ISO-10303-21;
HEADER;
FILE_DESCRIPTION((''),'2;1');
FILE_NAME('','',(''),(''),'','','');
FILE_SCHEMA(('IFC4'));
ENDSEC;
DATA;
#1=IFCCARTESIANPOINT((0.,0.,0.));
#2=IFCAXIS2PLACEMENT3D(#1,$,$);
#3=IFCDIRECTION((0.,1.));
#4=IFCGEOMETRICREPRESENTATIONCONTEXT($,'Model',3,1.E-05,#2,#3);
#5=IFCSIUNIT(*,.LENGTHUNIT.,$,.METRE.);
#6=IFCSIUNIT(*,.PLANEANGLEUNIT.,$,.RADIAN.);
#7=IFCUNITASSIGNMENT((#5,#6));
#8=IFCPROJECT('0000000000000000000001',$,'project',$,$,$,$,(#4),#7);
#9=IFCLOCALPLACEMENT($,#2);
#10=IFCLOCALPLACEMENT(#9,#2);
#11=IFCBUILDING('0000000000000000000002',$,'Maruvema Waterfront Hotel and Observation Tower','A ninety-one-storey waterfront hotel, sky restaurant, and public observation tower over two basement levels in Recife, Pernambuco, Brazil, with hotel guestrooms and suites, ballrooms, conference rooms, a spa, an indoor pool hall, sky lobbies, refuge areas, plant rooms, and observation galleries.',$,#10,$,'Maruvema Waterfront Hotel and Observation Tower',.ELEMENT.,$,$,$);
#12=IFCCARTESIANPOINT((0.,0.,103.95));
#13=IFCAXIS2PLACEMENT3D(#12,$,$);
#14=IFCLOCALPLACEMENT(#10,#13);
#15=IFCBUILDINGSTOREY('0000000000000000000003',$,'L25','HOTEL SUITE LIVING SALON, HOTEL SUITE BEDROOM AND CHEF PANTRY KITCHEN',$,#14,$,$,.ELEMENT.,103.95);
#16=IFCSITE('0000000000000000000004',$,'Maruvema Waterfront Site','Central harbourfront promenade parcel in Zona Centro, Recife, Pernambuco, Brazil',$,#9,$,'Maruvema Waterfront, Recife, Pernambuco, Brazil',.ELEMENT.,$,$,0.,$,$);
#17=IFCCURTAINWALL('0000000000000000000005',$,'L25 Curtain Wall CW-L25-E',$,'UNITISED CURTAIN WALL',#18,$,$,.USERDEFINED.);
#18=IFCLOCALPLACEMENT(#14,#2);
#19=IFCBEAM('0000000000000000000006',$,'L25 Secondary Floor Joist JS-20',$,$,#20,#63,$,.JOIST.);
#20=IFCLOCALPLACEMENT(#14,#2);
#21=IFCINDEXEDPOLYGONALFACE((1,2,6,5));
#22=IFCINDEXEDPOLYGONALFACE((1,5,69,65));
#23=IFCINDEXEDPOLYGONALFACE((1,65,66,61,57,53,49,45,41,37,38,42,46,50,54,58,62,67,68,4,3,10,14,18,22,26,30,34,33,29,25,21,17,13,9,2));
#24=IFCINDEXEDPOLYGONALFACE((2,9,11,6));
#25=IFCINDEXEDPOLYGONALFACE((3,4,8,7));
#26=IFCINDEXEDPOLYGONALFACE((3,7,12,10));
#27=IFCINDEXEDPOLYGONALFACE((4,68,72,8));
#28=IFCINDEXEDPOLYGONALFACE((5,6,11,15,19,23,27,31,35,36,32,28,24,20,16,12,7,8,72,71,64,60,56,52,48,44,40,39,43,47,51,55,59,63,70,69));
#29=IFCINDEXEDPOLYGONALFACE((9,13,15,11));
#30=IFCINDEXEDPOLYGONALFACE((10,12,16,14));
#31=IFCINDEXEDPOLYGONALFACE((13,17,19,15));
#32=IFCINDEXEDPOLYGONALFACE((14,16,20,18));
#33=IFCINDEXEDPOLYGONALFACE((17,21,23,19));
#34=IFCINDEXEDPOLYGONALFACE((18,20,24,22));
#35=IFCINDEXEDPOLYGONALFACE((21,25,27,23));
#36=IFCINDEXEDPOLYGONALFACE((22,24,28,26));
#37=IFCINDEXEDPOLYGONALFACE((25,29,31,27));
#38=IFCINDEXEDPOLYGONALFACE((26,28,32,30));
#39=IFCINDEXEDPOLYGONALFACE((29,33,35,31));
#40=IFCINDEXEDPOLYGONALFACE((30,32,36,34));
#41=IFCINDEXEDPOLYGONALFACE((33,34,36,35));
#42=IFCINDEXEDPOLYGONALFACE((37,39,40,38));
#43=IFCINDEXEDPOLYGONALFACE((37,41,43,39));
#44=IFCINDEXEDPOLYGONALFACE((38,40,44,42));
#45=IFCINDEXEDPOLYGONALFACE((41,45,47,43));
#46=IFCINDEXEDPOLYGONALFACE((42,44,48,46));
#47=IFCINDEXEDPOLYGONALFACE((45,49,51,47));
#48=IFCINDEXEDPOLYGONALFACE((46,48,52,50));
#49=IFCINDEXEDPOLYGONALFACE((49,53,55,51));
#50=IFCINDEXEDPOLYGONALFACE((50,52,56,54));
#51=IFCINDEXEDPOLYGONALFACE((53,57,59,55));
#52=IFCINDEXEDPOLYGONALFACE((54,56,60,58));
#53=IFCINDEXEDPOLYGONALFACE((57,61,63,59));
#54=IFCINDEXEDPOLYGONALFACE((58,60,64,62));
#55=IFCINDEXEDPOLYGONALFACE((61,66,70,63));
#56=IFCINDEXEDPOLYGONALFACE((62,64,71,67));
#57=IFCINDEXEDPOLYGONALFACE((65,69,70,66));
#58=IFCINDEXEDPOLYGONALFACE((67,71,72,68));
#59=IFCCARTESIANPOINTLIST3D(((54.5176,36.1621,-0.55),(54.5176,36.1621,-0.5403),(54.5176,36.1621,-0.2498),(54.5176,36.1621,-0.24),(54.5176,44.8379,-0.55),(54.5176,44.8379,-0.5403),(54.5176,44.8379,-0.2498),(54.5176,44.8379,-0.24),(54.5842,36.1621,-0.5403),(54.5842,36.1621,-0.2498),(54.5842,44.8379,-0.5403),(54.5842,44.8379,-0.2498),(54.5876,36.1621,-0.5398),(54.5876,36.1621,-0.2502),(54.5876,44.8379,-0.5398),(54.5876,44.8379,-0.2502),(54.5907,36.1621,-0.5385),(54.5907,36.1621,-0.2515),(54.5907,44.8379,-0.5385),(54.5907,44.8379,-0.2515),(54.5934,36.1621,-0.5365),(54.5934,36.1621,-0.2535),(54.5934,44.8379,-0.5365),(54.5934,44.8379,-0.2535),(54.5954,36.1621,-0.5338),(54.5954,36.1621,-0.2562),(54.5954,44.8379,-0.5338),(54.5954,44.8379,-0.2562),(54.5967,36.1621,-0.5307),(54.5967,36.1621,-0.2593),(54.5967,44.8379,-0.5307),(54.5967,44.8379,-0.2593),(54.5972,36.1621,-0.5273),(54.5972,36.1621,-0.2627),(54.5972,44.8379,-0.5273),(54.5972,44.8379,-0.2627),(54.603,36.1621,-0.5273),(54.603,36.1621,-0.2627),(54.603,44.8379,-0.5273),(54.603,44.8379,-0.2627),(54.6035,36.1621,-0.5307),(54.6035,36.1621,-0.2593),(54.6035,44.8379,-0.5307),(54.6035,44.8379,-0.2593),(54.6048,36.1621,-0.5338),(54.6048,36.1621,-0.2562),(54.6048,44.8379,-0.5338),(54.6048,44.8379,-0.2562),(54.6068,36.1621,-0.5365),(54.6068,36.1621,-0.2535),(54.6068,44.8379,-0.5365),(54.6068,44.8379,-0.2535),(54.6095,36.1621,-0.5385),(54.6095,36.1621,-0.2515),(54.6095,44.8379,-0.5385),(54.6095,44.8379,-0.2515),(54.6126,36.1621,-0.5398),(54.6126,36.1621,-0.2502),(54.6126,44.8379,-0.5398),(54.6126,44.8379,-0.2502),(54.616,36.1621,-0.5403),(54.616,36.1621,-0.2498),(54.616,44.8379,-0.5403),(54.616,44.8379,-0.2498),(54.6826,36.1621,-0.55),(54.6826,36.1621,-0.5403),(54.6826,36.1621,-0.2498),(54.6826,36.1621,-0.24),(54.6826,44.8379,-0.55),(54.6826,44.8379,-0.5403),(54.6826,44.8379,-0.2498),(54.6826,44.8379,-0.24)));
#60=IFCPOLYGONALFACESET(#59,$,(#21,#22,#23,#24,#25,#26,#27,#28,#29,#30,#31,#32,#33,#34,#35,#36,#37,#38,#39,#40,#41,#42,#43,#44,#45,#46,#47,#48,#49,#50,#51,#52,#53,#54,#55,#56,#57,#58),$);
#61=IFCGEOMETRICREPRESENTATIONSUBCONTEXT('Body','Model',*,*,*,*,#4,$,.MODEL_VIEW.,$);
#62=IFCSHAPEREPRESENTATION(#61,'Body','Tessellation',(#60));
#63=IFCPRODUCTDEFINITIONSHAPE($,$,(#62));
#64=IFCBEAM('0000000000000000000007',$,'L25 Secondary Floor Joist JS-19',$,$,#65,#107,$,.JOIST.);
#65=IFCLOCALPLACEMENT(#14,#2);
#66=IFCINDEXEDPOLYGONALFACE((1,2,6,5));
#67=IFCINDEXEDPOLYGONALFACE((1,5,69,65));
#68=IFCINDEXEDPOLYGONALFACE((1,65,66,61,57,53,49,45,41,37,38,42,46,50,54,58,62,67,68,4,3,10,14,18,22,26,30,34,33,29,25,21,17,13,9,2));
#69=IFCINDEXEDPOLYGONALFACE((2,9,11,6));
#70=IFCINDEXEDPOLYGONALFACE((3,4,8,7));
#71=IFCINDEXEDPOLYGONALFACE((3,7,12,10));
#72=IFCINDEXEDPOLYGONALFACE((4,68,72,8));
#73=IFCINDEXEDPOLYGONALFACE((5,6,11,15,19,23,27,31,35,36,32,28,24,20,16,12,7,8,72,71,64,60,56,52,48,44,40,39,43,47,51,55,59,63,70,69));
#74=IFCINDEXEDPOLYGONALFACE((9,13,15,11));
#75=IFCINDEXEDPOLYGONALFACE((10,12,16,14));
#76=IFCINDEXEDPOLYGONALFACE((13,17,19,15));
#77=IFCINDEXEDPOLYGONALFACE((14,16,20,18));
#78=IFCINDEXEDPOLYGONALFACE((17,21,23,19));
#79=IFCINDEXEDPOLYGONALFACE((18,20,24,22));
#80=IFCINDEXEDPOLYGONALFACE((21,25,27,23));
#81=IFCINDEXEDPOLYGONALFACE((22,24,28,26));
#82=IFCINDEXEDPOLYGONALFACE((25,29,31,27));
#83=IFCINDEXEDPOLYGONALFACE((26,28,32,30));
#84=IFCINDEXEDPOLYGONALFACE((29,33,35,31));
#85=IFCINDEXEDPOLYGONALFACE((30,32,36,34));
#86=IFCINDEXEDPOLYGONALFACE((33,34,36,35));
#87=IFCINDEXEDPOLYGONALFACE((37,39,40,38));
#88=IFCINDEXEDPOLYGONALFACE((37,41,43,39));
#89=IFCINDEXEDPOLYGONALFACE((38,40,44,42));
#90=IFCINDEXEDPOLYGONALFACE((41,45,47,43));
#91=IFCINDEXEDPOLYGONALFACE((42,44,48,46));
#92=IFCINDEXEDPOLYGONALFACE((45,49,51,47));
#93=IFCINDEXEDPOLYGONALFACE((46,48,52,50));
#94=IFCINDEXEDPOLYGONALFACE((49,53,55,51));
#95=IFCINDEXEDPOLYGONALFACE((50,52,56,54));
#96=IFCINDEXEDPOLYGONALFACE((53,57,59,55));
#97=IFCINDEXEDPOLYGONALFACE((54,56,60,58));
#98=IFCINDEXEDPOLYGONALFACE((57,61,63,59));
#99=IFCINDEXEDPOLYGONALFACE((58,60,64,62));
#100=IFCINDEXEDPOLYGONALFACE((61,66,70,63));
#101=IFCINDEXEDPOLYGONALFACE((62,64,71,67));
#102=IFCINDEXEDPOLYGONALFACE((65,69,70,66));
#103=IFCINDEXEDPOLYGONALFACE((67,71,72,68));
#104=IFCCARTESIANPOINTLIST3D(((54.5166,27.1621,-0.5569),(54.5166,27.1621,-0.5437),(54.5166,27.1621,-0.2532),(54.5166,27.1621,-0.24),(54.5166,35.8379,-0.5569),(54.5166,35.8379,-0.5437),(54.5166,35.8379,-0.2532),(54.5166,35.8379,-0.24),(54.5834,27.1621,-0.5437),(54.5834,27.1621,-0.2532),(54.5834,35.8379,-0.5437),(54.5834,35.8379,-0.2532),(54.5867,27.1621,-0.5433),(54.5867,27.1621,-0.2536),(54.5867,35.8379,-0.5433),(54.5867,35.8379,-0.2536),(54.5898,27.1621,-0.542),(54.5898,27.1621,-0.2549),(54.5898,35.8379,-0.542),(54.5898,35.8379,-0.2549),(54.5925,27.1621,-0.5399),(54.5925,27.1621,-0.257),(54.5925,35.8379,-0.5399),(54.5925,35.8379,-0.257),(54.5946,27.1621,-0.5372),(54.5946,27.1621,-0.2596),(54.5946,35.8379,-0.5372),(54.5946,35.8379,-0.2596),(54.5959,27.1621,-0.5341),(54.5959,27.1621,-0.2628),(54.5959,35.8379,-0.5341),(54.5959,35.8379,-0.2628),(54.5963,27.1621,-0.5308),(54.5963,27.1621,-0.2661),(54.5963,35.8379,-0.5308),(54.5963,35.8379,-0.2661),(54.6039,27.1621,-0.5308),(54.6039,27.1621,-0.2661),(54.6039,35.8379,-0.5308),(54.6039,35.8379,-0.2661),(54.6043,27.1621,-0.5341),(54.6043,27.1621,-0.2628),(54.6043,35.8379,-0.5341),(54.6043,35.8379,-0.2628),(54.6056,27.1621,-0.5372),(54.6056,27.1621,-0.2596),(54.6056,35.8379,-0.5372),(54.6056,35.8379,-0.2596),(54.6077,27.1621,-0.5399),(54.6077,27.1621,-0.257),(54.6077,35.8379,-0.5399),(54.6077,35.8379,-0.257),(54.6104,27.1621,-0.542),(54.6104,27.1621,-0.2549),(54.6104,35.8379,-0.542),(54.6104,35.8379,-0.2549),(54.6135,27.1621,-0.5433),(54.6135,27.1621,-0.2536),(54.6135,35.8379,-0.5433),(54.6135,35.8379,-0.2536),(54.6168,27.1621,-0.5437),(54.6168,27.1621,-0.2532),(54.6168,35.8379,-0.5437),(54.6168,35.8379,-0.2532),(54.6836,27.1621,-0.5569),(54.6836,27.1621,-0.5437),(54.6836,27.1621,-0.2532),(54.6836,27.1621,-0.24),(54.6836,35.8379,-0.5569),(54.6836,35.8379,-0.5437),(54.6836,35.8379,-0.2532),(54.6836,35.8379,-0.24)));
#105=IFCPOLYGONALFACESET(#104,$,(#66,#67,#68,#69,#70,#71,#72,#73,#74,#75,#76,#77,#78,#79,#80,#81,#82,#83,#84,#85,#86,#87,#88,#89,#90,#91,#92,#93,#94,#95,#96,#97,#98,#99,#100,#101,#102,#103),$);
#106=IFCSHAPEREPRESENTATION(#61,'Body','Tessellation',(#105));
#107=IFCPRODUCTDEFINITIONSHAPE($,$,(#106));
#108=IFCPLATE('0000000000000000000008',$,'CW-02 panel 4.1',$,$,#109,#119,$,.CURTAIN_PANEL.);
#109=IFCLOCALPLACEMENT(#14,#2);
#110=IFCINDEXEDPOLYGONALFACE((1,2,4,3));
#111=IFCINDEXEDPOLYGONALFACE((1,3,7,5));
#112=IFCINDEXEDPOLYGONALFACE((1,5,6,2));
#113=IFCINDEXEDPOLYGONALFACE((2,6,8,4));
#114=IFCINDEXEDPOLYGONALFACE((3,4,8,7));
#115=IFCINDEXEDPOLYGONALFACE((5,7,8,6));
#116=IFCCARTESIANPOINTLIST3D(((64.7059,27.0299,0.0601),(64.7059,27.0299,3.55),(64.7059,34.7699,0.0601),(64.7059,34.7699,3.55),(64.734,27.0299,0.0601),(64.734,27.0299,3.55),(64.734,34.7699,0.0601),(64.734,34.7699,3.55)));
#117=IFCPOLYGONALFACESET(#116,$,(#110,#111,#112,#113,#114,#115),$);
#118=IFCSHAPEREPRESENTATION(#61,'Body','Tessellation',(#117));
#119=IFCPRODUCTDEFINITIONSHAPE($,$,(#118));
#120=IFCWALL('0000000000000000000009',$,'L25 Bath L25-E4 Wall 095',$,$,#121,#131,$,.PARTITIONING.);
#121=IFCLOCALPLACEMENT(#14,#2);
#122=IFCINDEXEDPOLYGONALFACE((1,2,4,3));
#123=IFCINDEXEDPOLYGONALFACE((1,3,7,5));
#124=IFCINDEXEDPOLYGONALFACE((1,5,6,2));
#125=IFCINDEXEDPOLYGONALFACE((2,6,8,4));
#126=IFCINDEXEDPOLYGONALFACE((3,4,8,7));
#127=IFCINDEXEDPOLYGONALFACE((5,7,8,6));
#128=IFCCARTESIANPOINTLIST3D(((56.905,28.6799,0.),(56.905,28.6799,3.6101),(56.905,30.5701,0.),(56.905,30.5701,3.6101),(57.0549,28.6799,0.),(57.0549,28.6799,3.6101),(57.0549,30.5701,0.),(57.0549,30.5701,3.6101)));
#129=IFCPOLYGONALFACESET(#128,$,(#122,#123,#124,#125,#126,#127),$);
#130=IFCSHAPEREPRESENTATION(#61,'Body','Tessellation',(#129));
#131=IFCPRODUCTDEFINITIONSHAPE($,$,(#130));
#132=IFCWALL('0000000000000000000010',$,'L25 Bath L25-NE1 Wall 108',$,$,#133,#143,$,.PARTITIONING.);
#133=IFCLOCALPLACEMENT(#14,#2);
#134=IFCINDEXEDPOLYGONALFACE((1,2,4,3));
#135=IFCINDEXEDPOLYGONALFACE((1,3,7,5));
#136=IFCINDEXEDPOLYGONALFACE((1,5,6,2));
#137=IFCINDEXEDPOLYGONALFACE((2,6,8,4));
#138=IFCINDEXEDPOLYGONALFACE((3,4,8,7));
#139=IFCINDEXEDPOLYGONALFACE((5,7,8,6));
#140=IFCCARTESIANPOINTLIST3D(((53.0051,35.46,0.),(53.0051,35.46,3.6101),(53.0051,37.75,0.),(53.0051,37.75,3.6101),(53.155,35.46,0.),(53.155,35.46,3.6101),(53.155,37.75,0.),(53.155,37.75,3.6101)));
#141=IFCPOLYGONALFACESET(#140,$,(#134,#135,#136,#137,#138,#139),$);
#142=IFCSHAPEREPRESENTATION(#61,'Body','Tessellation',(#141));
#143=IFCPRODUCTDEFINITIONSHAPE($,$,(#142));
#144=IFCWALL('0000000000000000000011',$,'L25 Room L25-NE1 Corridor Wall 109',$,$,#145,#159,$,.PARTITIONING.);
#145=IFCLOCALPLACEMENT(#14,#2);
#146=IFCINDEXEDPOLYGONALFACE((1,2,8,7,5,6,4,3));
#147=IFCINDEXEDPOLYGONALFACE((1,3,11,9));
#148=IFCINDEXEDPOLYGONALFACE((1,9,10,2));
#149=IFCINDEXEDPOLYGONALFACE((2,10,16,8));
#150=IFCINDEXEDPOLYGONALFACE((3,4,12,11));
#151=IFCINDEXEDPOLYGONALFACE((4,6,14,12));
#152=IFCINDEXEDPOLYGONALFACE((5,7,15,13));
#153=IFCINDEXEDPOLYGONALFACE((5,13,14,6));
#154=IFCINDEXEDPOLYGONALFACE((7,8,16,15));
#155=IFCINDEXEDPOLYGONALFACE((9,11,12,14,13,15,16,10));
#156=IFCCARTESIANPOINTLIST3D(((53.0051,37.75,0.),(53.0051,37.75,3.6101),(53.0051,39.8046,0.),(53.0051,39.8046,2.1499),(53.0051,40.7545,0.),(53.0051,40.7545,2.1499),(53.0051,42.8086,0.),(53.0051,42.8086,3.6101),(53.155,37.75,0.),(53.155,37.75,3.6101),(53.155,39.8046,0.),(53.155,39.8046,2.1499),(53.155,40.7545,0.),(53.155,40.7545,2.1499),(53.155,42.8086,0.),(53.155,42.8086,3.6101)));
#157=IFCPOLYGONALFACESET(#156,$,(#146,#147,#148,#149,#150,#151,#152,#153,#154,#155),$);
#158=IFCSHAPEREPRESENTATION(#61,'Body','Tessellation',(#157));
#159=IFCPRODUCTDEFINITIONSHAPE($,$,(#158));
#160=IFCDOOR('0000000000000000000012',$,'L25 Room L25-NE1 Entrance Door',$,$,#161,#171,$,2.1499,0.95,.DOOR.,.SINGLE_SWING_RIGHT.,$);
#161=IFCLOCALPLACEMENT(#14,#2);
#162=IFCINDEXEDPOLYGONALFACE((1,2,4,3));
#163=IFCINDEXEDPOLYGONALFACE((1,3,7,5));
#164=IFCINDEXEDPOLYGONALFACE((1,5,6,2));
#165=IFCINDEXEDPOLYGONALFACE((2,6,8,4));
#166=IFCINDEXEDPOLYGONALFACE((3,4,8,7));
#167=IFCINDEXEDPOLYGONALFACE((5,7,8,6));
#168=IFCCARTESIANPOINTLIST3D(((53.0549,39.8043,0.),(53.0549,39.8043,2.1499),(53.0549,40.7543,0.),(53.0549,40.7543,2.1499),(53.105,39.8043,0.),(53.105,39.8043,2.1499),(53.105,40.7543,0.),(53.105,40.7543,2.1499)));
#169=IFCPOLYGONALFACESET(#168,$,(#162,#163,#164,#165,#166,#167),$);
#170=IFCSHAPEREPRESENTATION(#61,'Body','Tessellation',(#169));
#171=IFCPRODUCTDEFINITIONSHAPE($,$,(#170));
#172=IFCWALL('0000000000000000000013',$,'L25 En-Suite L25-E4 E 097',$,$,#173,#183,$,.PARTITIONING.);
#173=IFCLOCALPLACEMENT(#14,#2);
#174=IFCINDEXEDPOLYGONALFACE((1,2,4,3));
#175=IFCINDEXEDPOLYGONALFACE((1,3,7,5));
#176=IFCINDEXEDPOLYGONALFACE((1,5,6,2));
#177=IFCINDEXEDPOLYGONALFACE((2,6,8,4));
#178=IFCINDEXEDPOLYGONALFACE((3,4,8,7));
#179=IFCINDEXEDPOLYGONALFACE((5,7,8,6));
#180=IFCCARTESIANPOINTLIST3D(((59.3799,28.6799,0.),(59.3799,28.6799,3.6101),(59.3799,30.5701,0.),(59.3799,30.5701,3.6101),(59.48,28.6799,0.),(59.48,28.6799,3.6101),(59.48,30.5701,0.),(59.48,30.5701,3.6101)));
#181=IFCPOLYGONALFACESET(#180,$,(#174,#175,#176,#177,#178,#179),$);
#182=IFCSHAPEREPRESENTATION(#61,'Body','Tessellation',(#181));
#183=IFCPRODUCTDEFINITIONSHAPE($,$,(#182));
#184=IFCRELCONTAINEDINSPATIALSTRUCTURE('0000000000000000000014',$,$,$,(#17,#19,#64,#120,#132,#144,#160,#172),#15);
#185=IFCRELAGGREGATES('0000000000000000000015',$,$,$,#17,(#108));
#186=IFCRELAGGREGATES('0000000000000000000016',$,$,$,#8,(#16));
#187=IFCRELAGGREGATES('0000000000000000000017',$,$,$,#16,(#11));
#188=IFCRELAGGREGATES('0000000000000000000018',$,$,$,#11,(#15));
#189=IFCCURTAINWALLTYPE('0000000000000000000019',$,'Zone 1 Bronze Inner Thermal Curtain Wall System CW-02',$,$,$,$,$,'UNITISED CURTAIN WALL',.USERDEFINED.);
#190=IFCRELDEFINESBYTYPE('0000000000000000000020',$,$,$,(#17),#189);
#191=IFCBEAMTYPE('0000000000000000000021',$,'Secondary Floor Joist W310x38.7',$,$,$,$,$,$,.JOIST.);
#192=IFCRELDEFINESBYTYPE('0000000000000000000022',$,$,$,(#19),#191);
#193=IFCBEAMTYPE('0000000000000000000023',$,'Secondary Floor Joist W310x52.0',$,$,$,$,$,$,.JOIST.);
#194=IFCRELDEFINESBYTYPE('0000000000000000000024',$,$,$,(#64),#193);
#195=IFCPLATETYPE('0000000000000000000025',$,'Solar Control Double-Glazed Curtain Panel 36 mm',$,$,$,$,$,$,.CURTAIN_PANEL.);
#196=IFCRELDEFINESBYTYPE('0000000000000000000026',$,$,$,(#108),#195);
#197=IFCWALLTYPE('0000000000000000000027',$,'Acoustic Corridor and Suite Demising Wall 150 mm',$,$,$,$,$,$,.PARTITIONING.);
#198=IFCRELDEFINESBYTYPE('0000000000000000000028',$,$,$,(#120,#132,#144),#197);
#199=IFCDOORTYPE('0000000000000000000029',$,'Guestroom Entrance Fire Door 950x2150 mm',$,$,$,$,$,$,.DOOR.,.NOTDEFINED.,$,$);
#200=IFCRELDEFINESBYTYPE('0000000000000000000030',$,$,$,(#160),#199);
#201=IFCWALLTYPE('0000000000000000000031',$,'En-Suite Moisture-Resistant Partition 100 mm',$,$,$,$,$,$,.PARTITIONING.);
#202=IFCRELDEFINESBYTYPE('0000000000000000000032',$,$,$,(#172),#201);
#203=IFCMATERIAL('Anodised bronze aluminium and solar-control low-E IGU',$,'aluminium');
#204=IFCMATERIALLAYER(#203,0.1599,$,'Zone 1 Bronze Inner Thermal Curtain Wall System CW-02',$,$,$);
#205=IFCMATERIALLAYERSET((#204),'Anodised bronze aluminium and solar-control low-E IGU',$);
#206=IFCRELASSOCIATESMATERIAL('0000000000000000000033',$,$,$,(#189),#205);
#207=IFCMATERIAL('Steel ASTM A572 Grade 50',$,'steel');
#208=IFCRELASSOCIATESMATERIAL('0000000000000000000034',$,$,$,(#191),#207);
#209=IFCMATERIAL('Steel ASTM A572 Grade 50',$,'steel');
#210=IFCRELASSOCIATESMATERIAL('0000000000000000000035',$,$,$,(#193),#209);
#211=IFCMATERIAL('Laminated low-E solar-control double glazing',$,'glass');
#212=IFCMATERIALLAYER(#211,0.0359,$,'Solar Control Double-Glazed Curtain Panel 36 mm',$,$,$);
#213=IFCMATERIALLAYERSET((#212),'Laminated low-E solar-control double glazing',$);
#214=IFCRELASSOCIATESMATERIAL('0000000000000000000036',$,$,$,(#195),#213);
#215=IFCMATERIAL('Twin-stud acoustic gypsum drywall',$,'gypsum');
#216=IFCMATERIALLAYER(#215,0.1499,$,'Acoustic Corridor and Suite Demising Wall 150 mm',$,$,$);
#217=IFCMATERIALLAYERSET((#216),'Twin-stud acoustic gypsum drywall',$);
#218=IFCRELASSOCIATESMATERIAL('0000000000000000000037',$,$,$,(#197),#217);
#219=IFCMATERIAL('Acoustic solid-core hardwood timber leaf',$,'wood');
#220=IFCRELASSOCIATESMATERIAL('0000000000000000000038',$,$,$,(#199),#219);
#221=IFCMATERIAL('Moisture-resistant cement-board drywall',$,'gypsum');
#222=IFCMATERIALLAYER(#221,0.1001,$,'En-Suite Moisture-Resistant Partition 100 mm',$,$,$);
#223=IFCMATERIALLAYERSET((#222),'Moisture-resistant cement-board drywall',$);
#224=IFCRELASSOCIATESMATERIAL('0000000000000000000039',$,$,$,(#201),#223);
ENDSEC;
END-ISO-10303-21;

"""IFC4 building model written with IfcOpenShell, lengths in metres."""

from ifc_helpers import new_model, si_unit, direction, frame, frame_2d, origin, origin_2d, place, context, subcontext, project, spatial, rectangle, i_section, extrude, material, layer, layer_set, material_profile, profile_set, type_object, element, fill, aggregate, save


model = new_model("IFC4")

# Units and contexts
model_context = context("Model", 3, precision=1e-05, world=origin(), true_north=direction((0.0, 1.0)))
body_context = subcontext(model_context, "Body", "Model", "MODEL_VIEW")
ifc_project = project(units=[si_unit("LENGTHUNIT", "METRE"), si_unit("PLANEANGLEUNIT", "RADIAN")], contexts=[model_context])

# Site, building, storey
site_placement = place(None, origin())
site = spatial("IfcSite", under=ifc_project, at=site_placement, Name="Maruvema Waterfront Site", Description="Central harbourfront promenade parcel in Zona Centro, Recife, Pernambuco, Brazil", LongName="Maruvema Waterfront, Recife, Pernambuco, Brazil", CompositionType="ELEMENT", RefElevation=0.0)
building_placement = place(site_placement, origin())
building = spatial("IfcBuilding", under=site, at=building_placement, Name="Maruvema Waterfront Hotel and Observation Tower", Description="A ninety-one-storey waterfront hotel, sky restaurant, and public observation tower over two basement levels in Recife, Pernambuco, Brazil, with hotel guestrooms and suites, ballrooms, conference rooms, a spa, an indoor pool hall, sky lobbies, refuge areas, plant rooms, and observation galleries.", LongName="Maruvema Waterfront Hotel and Observation Tower", CompositionType="ELEMENT")
storey_placement = place(building_placement, frame((0.0, 0.0, 103.95)))
storey = spatial("IfcBuildingStorey", under=building, at=storey_placement, Name="L25", Description="HOTEL SUITE LIVING SALON, HOTEL SUITE BEDROOM AND CHEF PANTRY KITCHEN", CompositionType="ELEMENT", Elevation=103.95)

# Curtain wall
ifc_material_1 = material(Name="Anodised bronze aluminium and solar-control low-E IGU", Category="aluminium")
ifc_layer_1 = layer(ifc_material_1, 0.1599, Name="Zone 1 Bronze Inner Thermal Curtain Wall System CW-02")
ifc_layer_set_1 = layer_set([ifc_layer_1], Name="Anodised bronze aluminium and solar-control low-E IGU")
curtain_wall_type = type_object("IfcCurtainWallType", Name="Zone 1 Bronze Inner Thermal Curtain Wall System CW-02", ElementType="UNITISED CURTAIN WALL", PredefinedType="USERDEFINED", material=ifc_layer_set_1)
curtain_wall_placement = place(storey_placement, origin())
curtain_wall = element("IfcCurtainWall", 1, at=curtain_wall_placement, inside=storey, type_object=curtain_wall_type, Name="L25 Curtain Wall CW-L25-E", ObjectType="UNITISED CURTAIN WALL", PredefinedType="USERDEFINED")

# Beams
ifc_material_2 = material(Name="Steel ASTM A572 Grade 50", Category="steel")
ifc_material_profile_1 = material_profile(ifc_material_2, i_section(OverallWidth=0.165, OverallDepth=0.3101, WebThickness=0.0059, FlangeThickness=0.0098, FilletRadius=0.0129, at=origin_2d()), Name="W310x38.7")
ifc_profile_set_1 = profile_set([ifc_material_profile_1], Name="Steel ASTM A572 Grade 50")
beam_type_1 = type_object("IfcBeamType", Name="Secondary Floor Joist W310x38.7", PredefinedType="JOIST", material=ifc_profile_set_1)
beam_1_placement = place(storey_placement, frame((54.6001, 36.1621, -0.395), z_axis=(0.0, 1.0, 0.0), x_axis=(-1.0, 0.0, 0.0)))
element("IfcBeam", 2, at=beam_1_placement, inside=storey, type_object=beam_type_1, Name="L25 Secondary Floor Joist JS-20", PredefinedType="JOIST", context=body_context, shape_type="SweptSolid", body=[
    extrude(i_section(OverallWidth=0.165, OverallDepth=0.3101, WebThickness=0.0059, FlangeThickness=0.0098, FilletRadius=0.0129, at=origin_2d()), origin(), (0.0, 0.0, 1.0), 8.6758),
])
ifc_material_3 = material(Name="Steel ASTM A572 Grade 50", Category="steel")
ifc_material_profile_2 = material_profile(ifc_material_3, i_section(OverallWidth=0.167, OverallDepth=0.3169, WebThickness=0.0076, FlangeThickness=0.0132, FilletRadius=0.0129, at=origin_2d()), Name="W310x52.0")
ifc_profile_set_2 = profile_set([ifc_material_profile_2], Name="Steel ASTM A572 Grade 50")
beam_type_2 = type_object("IfcBeamType", Name="Secondary Floor Joist W310x52.0", PredefinedType="JOIST", material=ifc_profile_set_2)
beam_2_placement = place(storey_placement, frame((54.6001, 27.1621, -0.3984), z_axis=(0.0, 1.0, 0.0), x_axis=(-1.0, 0.0, 0.0)))
element("IfcBeam", 3, at=beam_2_placement, inside=storey, type_object=beam_type_2, Name="L25 Secondary Floor Joist JS-19", PredefinedType="JOIST", context=body_context, shape_type="SweptSolid", body=[
    extrude(i_section(OverallWidth=0.167, OverallDepth=0.3169, WebThickness=0.0076, FlangeThickness=0.0132, FilletRadius=0.0129, at=origin_2d()), origin(), (0.0, 0.0, 1.0), 8.6758),
])

# Plate
ifc_material_4 = material(Name="Laminated low-E solar-control double glazing", Category="glass")
ifc_layer_2 = layer(ifc_material_4, 0.0359, Name="Solar Control Double-Glazed Curtain Panel 36 mm")
ifc_layer_set_2 = layer_set([ifc_layer_2], Name="Laminated low-E solar-control double glazing")
plate_type = type_object("IfcPlateType", Name="Solar Control Double-Glazed Curtain Panel 36 mm", PredefinedType="CURTAIN_PANEL", material=ifc_layer_set_2)
plate_placement = place(storey_placement, frame((64.72, 30.8999, 0.0601), z_axis=(0.0, 0.0, 1.0), x_axis=(0.0, 1.0, 0.0)))
plate = element("IfcPlate", 4, at=plate_placement, type_object=plate_type, Name="CW-02 panel 4.1", PredefinedType="CURTAIN_PANEL", context=body_context, shape_type="SweptSolid", body=[
    extrude(rectangle(XDim=7.74, YDim=0.0281, at=origin_2d()), origin(), (0.0, 0.0, 1.0), 3.49),
])
aggregate(curtain_wall, [plate])

# Wall
ifc_material_5 = material(Name="Twin-stud acoustic gypsum drywall", Category="gypsum")
ifc_layer_3 = layer(ifc_material_5, 0.1499, Name="Acoustic Corridor and Suite Demising Wall 150 mm")
ifc_layer_set_3 = layer_set([ifc_layer_3], Name="Twin-stud acoustic gypsum drywall")
wall_type_1 = type_object("IfcWallType", Name="Acoustic Corridor and Suite Demising Wall 150 mm", PredefinedType="PARTITIONING", material=ifc_layer_set_3)
wall_1_placement = place(storey_placement, frame((56.98, 28.6799, 0.0), z_axis=(0.0, 0.0, 1.0), x_axis=(0.0, 1.0, 0.0)))
element("IfcWall", 5, at=wall_1_placement, inside=storey, type_object=wall_type_1, Name="L25 Bath L25-E4 Wall 095", PredefinedType="PARTITIONING", context=body_context, shape_type="SweptSolid", body=[
    extrude(rectangle(XDim=1.8901, YDim=0.1499, at=frame_2d((0.9451, 0.0))), origin(), (0.0, 0.0, 1.0), 3.6101),
])

# Shared definitions
ifc_material_6 = material(Name="Acoustic solid-core hardwood timber leaf", Category="wood")
door_type_1 = type_object("IfcDoorType", Name="Guestroom Entrance Fire Door 950x2150 mm", OperationType="NOTDEFINED", PredefinedType="DOOR", material=ifc_material_6)

# Wall
wall_2_placement = place(storey_placement, frame((53.0801, 35.46, 0.0), z_axis=(0.0, 0.0, 1.0), x_axis=(0.0, 1.0, 0.0)))
element("IfcWall", 6, at=wall_2_placement, inside=storey, type_object=wall_type_1, Name="L25 Bath L25-NE1 Wall 108", PredefinedType="PARTITIONING", context=body_context, shape_type="SweptSolid", body=[
    extrude(rectangle(XDim=2.29, YDim=0.1499, at=frame_2d((1.145, 0.0))), origin(), (0.0, 0.0, 1.0), 3.6101),
])

# Wall, opening, door
wall_3_placement = place(storey_placement, frame((53.0801, 37.75, 0.0), z_axis=(0.0, 0.0, 1.0), x_axis=(0.0, 1.0, 0.0)))
wall_3 = element("IfcWall", 7, at=wall_3_placement, inside=storey, type_object=wall_type_1, Name="L25 Room L25-NE1 Corridor Wall 109", PredefinedType="PARTITIONING", context=body_context, shape_type="SweptSolid", body=[
    extrude(rectangle(XDim=5.0586, YDim=0.1499, at=frame_2d((2.5293, 0.0))), origin(), (0.0, 0.0, 1.0), 3.6101),
])
opening_1_placement = place(wall_3_placement, frame((2.0544, 0.0, 0.0)))
opening_1 = element("IfcOpeningElement", 8, at=opening_1_placement, cuts=wall_3, PredefinedType="OPENING", context=body_context, shape_type="SweptSolid", body=[
    extrude(rectangle(XDim=0.95, YDim=2.1499, at=frame_2d((0.4751, 1.075))), frame((0.0, 0.085, 0.0), z_axis=(0.0, -1.0, 0.0), x_axis=(1.0, 0.0, 0.0)), (0.0, 0.0, 1.0), 0.1699),
])
door_1_placement = place(opening_1_placement, frame((0.95, 0.0, 0.0), z_axis=(0.0, 0.0, 1.0), x_axis=(-1.0, 0.0, 0.0)))
door_1 = element("IfcDoor", 9, at=door_1_placement, inside=storey, type_object=door_type_1, Name="L25 Room L25-NE1 Entrance Door", OperationType="SINGLE_SWING_RIGHT", OverallHeight=2.1499, OverallWidth=0.95, PredefinedType="DOOR", context=body_context, shape_type="SweptSolid", body=[
    extrude(rectangle(XDim=0.95, YDim=2.1499, at=frame_2d((0.4751, 1.075))), frame((0.0, 0.0249, 0.0), z_axis=(0.0, -1.0, 0.0), x_axis=(1.0, 0.0, 0.0)), (0.0, 0.0, 1.0), 0.05),
])
fill(opening_1, door_1)

# Wall
ifc_material_7 = material(Name="Moisture-resistant cement-board drywall", Category="gypsum")
ifc_layer_4 = layer(ifc_material_7, 0.1001, Name="En-Suite Moisture-Resistant Partition 100 mm")
ifc_layer_set_4 = layer_set([ifc_layer_4], Name="Moisture-resistant cement-board drywall")
wall_type_2 = type_object("IfcWallType", Name="En-Suite Moisture-Resistant Partition 100 mm", PredefinedType="PARTITIONING", material=ifc_layer_set_4)
wall_4_placement = place(storey_placement, frame((59.4299, 28.6799, 0.0), z_axis=(0.0, 0.0, 1.0), x_axis=(0.0, 1.0, 0.0)))
element("IfcWall", 10, at=wall_4_placement, inside=storey, type_object=wall_type_2, Name="L25 En-Suite L25-E4 E 097", PredefinedType="PARTITIONING", context=body_context, shape_type="SweptSolid", body=[
    extrude(rectangle(XDim=1.8901, YDim=0.1001, at=frame_2d((0.9451, 0.0))), origin(), (0.0, 0.0, 1.0), 3.6101),
])

save(model, "model.ifc")
